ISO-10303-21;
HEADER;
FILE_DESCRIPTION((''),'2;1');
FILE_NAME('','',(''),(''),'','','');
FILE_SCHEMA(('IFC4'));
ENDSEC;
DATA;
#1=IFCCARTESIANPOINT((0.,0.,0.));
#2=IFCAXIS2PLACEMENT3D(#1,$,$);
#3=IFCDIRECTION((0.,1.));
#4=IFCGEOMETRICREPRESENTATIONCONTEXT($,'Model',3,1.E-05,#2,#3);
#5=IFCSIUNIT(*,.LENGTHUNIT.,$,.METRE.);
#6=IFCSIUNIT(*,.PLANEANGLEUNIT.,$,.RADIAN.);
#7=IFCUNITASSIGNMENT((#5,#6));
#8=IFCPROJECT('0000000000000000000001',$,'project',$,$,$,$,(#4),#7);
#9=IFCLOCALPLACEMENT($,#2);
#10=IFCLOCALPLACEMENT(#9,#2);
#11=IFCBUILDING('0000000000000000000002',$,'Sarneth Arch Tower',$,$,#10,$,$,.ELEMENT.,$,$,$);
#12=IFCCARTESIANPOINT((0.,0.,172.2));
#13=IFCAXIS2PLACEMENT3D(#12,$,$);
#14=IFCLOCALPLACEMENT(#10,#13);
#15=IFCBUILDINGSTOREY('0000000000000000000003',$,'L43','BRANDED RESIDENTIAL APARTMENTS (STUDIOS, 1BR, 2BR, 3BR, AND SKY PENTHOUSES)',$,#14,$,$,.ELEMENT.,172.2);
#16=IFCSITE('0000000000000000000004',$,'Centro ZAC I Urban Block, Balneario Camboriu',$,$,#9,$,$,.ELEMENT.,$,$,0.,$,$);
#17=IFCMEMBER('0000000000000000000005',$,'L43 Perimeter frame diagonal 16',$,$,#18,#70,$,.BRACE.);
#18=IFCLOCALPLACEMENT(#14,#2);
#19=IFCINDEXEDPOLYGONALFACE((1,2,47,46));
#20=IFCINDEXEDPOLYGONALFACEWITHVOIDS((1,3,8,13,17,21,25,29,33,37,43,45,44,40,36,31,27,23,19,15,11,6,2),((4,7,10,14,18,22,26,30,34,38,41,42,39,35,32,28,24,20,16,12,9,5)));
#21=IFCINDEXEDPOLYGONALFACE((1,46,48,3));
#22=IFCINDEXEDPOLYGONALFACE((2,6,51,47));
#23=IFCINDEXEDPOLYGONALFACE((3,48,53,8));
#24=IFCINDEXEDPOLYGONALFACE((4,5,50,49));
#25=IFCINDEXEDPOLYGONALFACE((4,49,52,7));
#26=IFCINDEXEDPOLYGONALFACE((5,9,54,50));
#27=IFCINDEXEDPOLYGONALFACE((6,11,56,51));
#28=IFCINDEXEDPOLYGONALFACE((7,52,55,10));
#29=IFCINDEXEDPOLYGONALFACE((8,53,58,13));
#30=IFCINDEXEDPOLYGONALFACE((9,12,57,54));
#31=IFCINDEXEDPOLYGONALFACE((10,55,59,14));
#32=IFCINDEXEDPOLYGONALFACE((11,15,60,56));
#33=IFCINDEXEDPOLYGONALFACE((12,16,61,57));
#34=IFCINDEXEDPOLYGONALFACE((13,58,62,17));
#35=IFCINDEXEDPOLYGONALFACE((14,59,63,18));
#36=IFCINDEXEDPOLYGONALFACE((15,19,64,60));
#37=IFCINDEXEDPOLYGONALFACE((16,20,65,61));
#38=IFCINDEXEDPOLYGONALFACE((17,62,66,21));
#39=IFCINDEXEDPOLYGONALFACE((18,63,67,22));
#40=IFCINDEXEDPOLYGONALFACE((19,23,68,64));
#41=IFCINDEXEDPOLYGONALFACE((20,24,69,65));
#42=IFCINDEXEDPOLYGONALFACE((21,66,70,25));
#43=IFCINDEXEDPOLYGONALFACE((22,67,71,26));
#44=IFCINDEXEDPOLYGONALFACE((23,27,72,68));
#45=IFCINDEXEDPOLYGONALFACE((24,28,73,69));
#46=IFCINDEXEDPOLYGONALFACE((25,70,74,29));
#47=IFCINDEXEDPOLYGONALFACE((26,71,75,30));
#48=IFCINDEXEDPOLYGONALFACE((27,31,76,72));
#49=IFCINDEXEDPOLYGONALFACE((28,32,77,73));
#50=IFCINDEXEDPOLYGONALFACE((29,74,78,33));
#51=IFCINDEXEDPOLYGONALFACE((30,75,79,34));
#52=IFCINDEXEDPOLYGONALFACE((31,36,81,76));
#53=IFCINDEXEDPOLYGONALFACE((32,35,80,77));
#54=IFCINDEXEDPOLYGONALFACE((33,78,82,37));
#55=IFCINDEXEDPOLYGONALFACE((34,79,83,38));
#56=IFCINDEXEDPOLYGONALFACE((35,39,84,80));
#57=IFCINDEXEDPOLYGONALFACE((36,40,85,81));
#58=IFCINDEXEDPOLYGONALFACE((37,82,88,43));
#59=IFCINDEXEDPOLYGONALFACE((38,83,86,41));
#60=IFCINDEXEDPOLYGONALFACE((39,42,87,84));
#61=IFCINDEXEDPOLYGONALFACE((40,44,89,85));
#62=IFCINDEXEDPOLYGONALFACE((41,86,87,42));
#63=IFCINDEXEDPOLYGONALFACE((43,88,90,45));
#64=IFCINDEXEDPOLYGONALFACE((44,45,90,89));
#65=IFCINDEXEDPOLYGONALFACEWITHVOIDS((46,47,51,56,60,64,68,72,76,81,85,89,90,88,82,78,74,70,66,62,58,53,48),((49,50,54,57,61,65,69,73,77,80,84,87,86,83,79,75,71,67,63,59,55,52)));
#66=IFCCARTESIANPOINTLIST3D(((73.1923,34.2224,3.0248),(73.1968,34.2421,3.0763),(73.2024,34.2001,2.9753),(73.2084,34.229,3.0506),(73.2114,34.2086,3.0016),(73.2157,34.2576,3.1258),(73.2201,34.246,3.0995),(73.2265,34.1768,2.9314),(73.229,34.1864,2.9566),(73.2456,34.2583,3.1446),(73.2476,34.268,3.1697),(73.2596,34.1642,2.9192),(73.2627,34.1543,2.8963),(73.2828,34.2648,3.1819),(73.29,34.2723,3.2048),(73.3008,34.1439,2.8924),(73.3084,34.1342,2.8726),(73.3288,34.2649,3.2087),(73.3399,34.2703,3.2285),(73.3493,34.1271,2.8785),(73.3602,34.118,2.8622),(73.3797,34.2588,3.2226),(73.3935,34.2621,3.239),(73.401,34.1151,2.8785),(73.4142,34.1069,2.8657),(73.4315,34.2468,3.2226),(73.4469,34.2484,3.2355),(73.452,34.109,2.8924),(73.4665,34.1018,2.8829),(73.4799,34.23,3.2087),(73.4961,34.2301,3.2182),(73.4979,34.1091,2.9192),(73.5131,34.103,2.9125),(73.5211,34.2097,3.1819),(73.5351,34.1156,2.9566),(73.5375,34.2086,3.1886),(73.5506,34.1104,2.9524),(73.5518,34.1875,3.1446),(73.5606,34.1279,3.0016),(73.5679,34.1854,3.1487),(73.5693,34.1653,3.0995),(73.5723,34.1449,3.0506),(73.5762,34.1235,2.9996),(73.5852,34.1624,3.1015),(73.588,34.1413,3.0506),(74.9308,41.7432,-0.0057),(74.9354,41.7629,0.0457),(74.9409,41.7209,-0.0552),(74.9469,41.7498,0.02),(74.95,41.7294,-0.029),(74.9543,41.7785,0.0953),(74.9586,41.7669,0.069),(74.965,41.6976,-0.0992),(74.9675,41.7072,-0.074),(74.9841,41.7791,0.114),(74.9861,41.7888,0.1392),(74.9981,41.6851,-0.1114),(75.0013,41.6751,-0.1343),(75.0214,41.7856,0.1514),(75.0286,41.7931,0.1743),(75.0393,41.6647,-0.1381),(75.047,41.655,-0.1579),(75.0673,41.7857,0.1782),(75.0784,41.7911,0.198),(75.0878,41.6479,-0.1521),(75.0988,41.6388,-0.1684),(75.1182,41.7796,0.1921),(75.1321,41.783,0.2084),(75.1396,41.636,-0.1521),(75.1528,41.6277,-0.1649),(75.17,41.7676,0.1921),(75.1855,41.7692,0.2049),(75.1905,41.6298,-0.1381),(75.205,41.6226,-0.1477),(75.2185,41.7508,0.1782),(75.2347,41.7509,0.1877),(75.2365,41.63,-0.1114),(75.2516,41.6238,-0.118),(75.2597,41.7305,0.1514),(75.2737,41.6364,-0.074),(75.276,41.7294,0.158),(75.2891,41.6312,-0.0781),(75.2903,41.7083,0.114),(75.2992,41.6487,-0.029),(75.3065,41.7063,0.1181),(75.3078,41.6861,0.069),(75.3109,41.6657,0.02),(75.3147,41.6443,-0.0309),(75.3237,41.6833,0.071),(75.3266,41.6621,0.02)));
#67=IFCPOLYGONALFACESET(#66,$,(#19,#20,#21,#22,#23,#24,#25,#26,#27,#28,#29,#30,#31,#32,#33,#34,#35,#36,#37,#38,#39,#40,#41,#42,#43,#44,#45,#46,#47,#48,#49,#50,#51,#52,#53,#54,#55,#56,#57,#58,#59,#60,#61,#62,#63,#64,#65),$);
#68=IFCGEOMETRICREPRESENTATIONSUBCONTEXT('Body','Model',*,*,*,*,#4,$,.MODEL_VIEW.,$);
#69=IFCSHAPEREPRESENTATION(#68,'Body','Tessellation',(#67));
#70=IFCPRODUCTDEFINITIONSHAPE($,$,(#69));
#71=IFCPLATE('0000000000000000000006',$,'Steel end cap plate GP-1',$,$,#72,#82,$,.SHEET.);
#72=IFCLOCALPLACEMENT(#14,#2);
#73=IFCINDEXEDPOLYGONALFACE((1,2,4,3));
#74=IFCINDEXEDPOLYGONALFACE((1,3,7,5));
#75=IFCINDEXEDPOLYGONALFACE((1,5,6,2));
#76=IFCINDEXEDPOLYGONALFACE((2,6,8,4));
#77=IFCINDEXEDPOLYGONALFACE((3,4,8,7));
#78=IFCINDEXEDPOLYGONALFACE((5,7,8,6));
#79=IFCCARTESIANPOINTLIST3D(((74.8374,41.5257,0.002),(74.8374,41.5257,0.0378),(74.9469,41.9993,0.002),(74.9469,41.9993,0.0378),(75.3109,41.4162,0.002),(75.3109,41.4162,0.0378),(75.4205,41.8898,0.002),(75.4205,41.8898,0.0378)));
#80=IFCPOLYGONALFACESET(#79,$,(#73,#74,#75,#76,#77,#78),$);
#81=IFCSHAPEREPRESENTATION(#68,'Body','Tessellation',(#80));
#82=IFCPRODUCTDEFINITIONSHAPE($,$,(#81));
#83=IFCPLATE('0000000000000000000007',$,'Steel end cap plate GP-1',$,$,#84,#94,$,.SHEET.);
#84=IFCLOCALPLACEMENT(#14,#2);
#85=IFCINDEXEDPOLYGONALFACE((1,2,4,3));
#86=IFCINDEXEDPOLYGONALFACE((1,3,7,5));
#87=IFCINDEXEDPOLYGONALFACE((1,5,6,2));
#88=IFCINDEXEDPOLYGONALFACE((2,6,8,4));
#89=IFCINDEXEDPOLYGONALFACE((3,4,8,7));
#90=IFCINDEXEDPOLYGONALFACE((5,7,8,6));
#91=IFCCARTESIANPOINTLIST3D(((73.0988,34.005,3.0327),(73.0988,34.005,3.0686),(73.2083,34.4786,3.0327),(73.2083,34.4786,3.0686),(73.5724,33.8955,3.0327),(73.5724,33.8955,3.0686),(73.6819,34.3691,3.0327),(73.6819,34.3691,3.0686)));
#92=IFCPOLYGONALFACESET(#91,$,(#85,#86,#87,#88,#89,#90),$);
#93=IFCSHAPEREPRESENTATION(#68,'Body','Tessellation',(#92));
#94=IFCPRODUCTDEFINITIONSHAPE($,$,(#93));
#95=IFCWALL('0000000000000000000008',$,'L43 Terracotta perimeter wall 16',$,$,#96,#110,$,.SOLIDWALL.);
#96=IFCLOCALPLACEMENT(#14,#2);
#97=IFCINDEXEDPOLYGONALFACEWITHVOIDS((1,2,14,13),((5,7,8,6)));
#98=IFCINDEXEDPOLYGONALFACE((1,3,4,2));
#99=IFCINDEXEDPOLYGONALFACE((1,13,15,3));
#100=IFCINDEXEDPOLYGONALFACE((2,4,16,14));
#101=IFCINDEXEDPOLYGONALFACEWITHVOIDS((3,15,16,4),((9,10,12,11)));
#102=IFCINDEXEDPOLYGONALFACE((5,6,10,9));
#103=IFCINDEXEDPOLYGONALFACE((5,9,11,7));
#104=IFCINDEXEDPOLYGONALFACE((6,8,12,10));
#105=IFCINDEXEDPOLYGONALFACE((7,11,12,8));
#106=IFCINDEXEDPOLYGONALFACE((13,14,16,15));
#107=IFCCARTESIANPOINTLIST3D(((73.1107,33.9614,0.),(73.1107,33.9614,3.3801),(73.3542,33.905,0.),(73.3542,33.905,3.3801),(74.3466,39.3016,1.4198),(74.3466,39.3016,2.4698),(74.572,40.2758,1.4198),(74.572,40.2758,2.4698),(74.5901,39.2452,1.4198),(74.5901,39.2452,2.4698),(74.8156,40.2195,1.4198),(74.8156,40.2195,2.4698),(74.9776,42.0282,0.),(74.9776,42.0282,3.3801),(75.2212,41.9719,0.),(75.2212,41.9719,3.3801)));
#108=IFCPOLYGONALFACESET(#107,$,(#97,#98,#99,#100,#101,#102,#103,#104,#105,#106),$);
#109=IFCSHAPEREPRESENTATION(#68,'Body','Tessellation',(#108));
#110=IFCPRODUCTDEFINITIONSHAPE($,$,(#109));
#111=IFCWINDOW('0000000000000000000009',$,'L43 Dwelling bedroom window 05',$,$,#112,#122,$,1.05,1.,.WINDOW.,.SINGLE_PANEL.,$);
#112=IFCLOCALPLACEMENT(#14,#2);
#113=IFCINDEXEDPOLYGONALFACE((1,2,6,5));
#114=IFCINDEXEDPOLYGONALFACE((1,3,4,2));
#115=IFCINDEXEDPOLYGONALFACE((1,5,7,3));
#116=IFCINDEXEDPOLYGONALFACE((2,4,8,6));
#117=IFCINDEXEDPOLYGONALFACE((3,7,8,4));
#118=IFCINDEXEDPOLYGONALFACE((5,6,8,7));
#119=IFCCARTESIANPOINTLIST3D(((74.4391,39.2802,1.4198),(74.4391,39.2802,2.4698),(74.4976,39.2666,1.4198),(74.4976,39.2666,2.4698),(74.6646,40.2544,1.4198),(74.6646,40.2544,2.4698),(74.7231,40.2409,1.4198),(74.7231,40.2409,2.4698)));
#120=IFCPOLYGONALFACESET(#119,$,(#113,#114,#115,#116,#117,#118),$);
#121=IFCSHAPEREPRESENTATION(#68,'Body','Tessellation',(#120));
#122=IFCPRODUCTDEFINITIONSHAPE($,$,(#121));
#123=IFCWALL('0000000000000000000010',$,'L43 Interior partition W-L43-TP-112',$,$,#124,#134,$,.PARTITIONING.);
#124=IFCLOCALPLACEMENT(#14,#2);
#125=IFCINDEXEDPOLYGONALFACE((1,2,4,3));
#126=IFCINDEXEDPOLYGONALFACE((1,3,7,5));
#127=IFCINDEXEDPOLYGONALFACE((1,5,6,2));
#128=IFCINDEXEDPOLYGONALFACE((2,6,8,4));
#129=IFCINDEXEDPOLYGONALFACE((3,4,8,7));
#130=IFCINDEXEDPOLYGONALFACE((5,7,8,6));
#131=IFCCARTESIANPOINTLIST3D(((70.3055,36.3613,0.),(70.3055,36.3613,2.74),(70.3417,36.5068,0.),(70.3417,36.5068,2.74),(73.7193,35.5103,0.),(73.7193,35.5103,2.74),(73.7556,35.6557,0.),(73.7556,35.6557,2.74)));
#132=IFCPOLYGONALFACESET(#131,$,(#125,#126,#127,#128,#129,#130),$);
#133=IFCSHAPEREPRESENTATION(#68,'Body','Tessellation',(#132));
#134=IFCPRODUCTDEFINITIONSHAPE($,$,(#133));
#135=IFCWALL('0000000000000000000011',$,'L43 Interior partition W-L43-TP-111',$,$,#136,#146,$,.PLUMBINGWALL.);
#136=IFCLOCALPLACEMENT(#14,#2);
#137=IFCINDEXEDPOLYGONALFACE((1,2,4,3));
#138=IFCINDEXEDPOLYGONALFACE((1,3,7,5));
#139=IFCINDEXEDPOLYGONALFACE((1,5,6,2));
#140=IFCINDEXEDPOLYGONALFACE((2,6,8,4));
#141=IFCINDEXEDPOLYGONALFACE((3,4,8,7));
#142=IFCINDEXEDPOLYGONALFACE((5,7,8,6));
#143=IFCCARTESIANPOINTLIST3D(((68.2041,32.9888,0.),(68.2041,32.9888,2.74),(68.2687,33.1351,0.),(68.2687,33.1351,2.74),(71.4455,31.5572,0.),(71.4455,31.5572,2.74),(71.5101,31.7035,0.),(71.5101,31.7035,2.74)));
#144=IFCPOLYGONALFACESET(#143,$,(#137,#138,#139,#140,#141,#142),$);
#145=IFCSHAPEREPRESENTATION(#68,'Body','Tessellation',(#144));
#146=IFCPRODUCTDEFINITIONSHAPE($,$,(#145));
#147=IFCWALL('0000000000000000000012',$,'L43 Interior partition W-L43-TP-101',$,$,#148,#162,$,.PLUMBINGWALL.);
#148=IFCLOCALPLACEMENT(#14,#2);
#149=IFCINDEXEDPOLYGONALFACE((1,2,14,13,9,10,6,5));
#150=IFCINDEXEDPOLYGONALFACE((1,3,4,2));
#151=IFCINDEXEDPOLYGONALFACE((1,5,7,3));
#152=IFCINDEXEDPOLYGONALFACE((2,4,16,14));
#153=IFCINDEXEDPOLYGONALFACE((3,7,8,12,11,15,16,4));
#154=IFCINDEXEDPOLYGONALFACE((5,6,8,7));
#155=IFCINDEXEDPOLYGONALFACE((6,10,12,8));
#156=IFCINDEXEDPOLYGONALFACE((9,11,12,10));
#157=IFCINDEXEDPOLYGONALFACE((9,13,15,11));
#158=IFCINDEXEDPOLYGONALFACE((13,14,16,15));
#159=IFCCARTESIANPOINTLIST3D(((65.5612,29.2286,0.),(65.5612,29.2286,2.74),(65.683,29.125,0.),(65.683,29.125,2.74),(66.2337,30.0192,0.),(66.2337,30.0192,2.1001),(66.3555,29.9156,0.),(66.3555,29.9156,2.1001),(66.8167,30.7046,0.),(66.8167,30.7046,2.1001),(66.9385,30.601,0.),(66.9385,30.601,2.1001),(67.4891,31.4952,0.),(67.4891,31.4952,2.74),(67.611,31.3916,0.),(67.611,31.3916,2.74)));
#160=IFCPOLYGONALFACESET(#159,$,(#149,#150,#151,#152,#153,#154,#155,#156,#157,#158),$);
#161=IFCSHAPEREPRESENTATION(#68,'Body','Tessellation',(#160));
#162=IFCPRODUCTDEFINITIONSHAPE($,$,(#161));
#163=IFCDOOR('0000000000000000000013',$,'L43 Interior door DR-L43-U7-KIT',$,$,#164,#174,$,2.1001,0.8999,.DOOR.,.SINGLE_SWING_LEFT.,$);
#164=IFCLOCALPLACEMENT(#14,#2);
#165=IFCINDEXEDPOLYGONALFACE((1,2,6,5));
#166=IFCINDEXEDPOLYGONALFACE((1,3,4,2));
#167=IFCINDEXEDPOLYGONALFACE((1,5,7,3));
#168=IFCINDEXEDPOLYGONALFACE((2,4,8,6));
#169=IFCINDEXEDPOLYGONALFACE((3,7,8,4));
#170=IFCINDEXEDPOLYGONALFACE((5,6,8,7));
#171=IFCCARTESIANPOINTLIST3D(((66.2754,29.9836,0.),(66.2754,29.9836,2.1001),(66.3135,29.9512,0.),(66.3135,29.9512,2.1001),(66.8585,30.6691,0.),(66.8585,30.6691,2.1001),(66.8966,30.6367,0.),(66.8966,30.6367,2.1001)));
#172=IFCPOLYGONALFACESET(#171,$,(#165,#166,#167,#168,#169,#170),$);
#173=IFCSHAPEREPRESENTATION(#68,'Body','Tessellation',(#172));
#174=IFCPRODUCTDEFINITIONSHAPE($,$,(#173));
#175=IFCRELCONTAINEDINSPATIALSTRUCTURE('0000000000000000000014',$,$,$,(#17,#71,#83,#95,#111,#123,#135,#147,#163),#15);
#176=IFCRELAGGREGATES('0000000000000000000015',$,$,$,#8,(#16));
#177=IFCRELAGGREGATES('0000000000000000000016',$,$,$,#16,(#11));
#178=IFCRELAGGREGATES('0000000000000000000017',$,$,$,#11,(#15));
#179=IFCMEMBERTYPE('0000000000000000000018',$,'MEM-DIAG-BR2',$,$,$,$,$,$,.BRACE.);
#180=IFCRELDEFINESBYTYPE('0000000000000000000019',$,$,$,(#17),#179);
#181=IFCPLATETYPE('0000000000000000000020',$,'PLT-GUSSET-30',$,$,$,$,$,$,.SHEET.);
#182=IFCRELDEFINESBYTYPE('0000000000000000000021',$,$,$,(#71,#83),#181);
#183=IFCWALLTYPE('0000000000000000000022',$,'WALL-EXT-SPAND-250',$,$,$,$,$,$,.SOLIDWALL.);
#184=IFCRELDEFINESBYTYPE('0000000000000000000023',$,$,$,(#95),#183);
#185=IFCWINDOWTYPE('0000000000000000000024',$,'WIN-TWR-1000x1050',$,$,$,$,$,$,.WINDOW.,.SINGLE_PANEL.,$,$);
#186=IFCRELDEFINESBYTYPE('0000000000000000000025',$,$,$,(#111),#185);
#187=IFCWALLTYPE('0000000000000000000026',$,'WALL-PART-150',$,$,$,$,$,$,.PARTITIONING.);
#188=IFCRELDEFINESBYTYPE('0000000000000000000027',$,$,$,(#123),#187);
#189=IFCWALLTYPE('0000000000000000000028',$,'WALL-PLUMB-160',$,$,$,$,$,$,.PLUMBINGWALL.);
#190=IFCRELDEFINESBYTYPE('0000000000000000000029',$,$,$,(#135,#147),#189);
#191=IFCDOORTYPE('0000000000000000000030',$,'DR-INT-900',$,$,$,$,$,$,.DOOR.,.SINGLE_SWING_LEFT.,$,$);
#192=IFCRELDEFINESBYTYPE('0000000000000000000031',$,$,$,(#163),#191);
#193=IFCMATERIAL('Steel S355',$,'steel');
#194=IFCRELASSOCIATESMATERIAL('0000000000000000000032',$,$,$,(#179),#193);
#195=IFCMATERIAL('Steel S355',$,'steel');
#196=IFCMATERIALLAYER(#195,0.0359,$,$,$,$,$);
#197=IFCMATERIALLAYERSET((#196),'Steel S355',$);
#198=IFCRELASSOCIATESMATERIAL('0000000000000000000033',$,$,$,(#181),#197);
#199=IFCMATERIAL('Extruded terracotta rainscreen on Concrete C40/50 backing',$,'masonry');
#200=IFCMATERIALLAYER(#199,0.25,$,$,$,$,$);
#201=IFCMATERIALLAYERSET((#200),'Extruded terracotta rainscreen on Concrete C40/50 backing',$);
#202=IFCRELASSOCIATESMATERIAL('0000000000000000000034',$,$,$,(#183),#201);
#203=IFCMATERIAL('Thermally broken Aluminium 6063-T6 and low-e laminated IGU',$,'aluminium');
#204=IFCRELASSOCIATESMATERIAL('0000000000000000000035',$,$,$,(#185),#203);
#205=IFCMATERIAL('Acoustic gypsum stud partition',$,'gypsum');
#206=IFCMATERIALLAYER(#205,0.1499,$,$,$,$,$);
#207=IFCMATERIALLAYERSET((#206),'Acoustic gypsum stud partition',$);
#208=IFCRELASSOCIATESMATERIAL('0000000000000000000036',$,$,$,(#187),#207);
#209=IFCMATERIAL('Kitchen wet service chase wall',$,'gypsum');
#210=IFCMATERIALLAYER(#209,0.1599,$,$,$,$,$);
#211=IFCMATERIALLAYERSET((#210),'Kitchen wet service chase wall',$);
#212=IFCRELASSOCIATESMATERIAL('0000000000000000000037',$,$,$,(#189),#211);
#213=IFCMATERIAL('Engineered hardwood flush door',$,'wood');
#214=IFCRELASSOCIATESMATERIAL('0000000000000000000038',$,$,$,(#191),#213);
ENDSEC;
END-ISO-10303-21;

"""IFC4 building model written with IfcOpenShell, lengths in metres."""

from ifc_helpers import new_model, si_unit, direction, frame, frame_2d, origin, origin_2d, place, context, subcontext, project, spatial, rectangle, hollow_circle, extrude, material, layer, layer_set, material_profile, profile_set, type_object, element, fill, save


model = new_model("IFC4")

# Units and contexts
model_context = context("Model", 3, precision=1e-05, world=origin(), true_north=direction((0.0, 1.0)))
body_context = subcontext(model_context, "Body", "Model", "MODEL_VIEW")
ifc_project = project(units=[si_unit("LENGTHUNIT", "METRE"), si_unit("PLANEANGLEUNIT", "RADIAN")], contexts=[model_context])

# Site, building, storey
site_placement = place(None, origin())
site = spatial("IfcSite", under=ifc_project, at=site_placement, Name="Centro ZAC I Urban Block, Balneario Camboriu", CompositionType="ELEMENT", RefElevation=0.0)
building_placement = place(site_placement, origin())
building = spatial("IfcBuilding", under=site, at=building_placement, Name="Sarneth Arch Tower", CompositionType="ELEMENT")
storey_placement = place(building_placement, frame((0.0, 0.0, 172.2)))
storey = spatial("IfcBuildingStorey", under=building, at=storey_placement, Name="L43", Description="BRANDED RESIDENTIAL APARTMENTS (STUDIOS, 1BR, 2BR, 3BR, AND SKY PENTHOUSES)", CompositionType="ELEMENT", Elevation=172.2)

# Member
ifc_material_1 = material(Name="Steel S355", Category="steel")
ifc_material_profile_1 = material_profile(ifc_material_1, hollow_circle(Radius=0.2029, WallThickness=0.0161, at=origin_2d()), Name="CHS406x16")
ifc_profile_set_1 = profile_set([ifc_material_profile_1], Name="Steel S355")
member_type_1 = type_object("IfcMemberType", Name="MEM-DIAG-BR2", PredefinedType="BRACE", material=ifc_profile_set_1)
member_1_placement = place(storey_placement, frame((75.1289, 41.7078, 0.02), z_axis=(-0.209646, -0.906917, 0.365446), x_axis=(0.974307, -0.225224, 0.0)))
element("IfcMember", 1, at=member_1_placement, inside=storey, type_object=member_type_1, Name="L43 Perimeter frame diagonal 16", PredefinedType="BRACE", context=body_context, shape_type="SweptSolid", body=[
    extrude(hollow_circle(Radius=0.2029, WallThickness=0.0161, at=origin_2d()), origin(), (0.0, 0.0, 1.0), 8.2927),
])

# Plates
ifc_material_2 = material(Name="Steel S355", Category="steel")
ifc_layer_1 = layer(ifc_material_2, 0.0359)
ifc_layer_set_1 = layer_set([ifc_layer_1], Name="Steel S355")
plate_type = type_object("IfcPlateType", Name="PLT-GUSSET-30", PredefinedType="SHEET", material=ifc_layer_set_1)
for number, where, z_axis, x_axis, name in (
    (2, (75.1289, 41.7078, 0.002), (0.0, 0.0, 1.0), (0.225291, 0.974291, 0.0), "Steel end cap plate GP-1"),
    (3, (73.3904, 34.187, 3.0327), (0.0, 0.0, 1.0), (0.225291, 0.974291, 0.0), "Steel end cap plate GP-1"),
):
    element("IfcPlate", number, at=place(storey_placement, frame(where, z_axis=z_axis, x_axis=x_axis)), inside=storey, type_object=plate_type, Name=name, PredefinedType="SHEET", context=body_context, shape_type="SweptSolid", body=[
        extrude(rectangle(XDim=0.4861, YDim=0.4861, at=origin_2d()), origin(), (0.0, 0.0, 1.0), 0.0359),
    ])

# Wall, opening, window
ifc_material_3 = material(Name="Extruded terracotta rainscreen on Concrete C40/50 backing", Category="masonry")
ifc_layer_2 = layer(ifc_material_3, 0.25)
ifc_layer_set_2 = layer_set([ifc_layer_2], Name="Extruded terracotta rainscreen on Concrete C40/50 backing")
wall_type_1 = type_object("IfcWallType", Name="WALL-EXT-SPAND-250", PredefinedType="SOLIDWALL", material=ifc_layer_set_2)
wall_1_placement = place(storey_placement, frame((73.2324, 33.9331, 0.0), z_axis=(0.0, 0.0, 1.0), x_axis=(0.225473, 0.974249, 0.0)))
wall_1 = element("IfcWall", 4, at=wall_1_placement, inside=storey, type_object=wall_type_1, Name="L43 Terracotta perimeter wall 16", PredefinedType="SOLIDWALL", context=body_context, shape_type="SweptSolid", body=[
    extrude(rectangle(XDim=8.28, YDim=0.25, at=frame_2d((4.1401, 0.0))), origin(), (0.0, 0.0, 1.0), 3.3801),
])
opening_1_placement = place(wall_1_placement, frame((5.4814, 0.0, 1.4199)))
opening_1 = element("IfcOpeningElement", 5, at=opening_1_placement, cuts=wall_1, PredefinedType="OPENING", context=body_context, shape_type="SweptSolid", body=[
    extrude(rectangle(XDim=1.0, YDim=1.05, at=frame_2d((0.5, 0.5249))), frame((0.0, 0.135, 0.0), z_axis=(0.0, -1.0, 0.0), x_axis=(1.0, 0.0, 0.0)), (0.0, 0.0, 1.0), 0.27),
])
ifc_material_4 = material(Name="Thermally broken Aluminium 6063-T6 and low-e laminated IGU", Category="aluminium")
window_type = type_object("IfcWindowType", Name="WIN-TWR-1000x1050", PartitioningType="SINGLE_PANEL", PredefinedType="WINDOW", material=ifc_material_4)
window_placement = place(opening_1_placement, origin())
window = element("IfcWindow", 6, at=window_placement, inside=storey, type_object=window_type, Name="L43 Dwelling bedroom window 05", OverallHeight=1.05, OverallWidth=1.0, PartitioningType="SINGLE_PANEL", PredefinedType="WINDOW", context=body_context, shape_type="SweptSolid", body=[
    extrude(rectangle(XDim=1.0, YDim=1.05, at=frame_2d((0.5, 0.5249))), frame((0.0, 0.03, 0.0), z_axis=(0.0, -1.0, 0.0), x_axis=(1.0, 0.0, 0.0)), (0.0, 0.0, 1.0), 0.0601),
])
fill(opening_1, window)

# Walls
ifc_material_5 = material(Name="Acoustic gypsum stud partition", Category="gypsum")
ifc_layer_3 = layer(ifc_material_5, 0.1499)
ifc_layer_set_3 = layer_set([ifc_layer_3], Name="Acoustic gypsum stud partition")
wall_type_2 = type_object("IfcWallType", Name="WALL-PART-150", PredefinedType="PARTITIONING", material=ifc_layer_set_3)
wall_2_placement = place(storey_placement, frame((70.3235, 36.4341, 0.0), z_axis=(0.0, 0.0, 1.0), x_axis=(0.970301, -0.241899, 0.0)))
element("IfcWall", 7, at=wall_2_placement, inside=storey, type_object=wall_type_2, Name="L43 Interior partition W-L43-TP-112", PredefinedType="PARTITIONING", context=body_context, shape_type="SweptSolid", body=[
    extrude(rectangle(XDim=3.5183, YDim=0.1499, at=frame_2d((1.7593, 0.0))), origin(), (0.0, 0.0, 1.0), 2.74),
])
ifc_material_6 = material(Name="Kitchen wet service chase wall", Category="gypsum")
ifc_layer_4 = layer(ifc_material_6, 0.1599)
ifc_layer_set_4 = layer_set([ifc_layer_4], Name="Kitchen wet service chase wall")
wall_type_3 = type_object("IfcWallType", Name="WALL-PLUMB-160", PredefinedType="PLUMBINGWALL", material=ifc_layer_set_4)
wall_3_placement = place(storey_placement, frame((71.4778, 31.6304, 0.0), z_axis=(0.0, 0.0, 1.0), x_axis=(-0.914752, 0.404015, 0.0)))
element("IfcWall", 8, at=wall_3_placement, inside=storey, type_object=wall_type_3, Name="L43 Interior partition W-L43-TP-111", PredefinedType="PLUMBINGWALL", context=body_context, shape_type="SweptSolid", body=[
    extrude(rectangle(XDim=3.5435, YDim=0.1599, at=frame_2d((1.7717, 0.0))), origin(), (0.0, 0.0, 1.0), 2.74),
])

# Wall, opening, door
wall_4_placement = place(storey_placement, frame((67.55, 31.4434, 0.0), z_axis=(0.0, 0.0, 1.0), x_axis=(-0.647915, -0.761713, 0.0)))
wall_4 = element("IfcWall", 9, at=wall_4_placement, inside=storey, type_object=wall_type_3, Name="L43 Interior partition W-L43-TP-101", PredefinedType="PLUMBINGWALL", context=body_context, shape_type="SweptSolid", body=[
    extrude(rectangle(XDim=2.9756, YDim=0.1599, at=frame_2d((1.4878, 0.0))), origin(), (0.0, 0.0, 1.0), 2.74),
])
opening_2_placement = place(wall_4_placement, frame((1.0378, 0.0, 0.0)))
opening_2 = element("IfcOpeningElement", 10, at=opening_2_placement, cuts=wall_4, PredefinedType="OPENING", context=body_context, shape_type="SweptSolid", body=[
    extrude(rectangle(XDim=0.8999, YDim=2.1001, at=frame_2d((0.45, 1.05))), frame((0.0, 0.0898, 0.0), z_axis=(0.0, -1.0, 0.0), x_axis=(1.0, 0.0, 0.0)), (0.0, 0.0, 1.0), 0.1799),
])
ifc_material_7 = material(Name="Engineered hardwood flush door", Category="wood")
door_type_1 = type_object("IfcDoorType", Name="DR-INT-900", OperationType="SINGLE_SWING_LEFT", PredefinedType="DOOR", material=ifc_material_7)
door_1_placement = place(opening_2_placement, origin())
door_1 = element("IfcDoor", 11, at=door_1_placement, inside=storey, type_object=door_type_1, Name="L43 Interior door DR-L43-U7-KIT", OperationType="SINGLE_SWING_LEFT", OverallHeight=2.1001, OverallWidth=0.8999, PredefinedType="DOOR", context=body_context, shape_type="SweptSolid", body=[
    extrude(rectangle(XDim=0.8999, YDim=2.1001, at=frame_2d((0.45, 1.05))), frame((0.0, 0.0249, 0.0), z_axis=(0.0, -1.0, 0.0), x_axis=(1.0, 0.0, 0.0)), (0.0, 0.0, 1.0), 0.05),
])
fill(opening_2, door_1)

save(model, "model.ifc")
